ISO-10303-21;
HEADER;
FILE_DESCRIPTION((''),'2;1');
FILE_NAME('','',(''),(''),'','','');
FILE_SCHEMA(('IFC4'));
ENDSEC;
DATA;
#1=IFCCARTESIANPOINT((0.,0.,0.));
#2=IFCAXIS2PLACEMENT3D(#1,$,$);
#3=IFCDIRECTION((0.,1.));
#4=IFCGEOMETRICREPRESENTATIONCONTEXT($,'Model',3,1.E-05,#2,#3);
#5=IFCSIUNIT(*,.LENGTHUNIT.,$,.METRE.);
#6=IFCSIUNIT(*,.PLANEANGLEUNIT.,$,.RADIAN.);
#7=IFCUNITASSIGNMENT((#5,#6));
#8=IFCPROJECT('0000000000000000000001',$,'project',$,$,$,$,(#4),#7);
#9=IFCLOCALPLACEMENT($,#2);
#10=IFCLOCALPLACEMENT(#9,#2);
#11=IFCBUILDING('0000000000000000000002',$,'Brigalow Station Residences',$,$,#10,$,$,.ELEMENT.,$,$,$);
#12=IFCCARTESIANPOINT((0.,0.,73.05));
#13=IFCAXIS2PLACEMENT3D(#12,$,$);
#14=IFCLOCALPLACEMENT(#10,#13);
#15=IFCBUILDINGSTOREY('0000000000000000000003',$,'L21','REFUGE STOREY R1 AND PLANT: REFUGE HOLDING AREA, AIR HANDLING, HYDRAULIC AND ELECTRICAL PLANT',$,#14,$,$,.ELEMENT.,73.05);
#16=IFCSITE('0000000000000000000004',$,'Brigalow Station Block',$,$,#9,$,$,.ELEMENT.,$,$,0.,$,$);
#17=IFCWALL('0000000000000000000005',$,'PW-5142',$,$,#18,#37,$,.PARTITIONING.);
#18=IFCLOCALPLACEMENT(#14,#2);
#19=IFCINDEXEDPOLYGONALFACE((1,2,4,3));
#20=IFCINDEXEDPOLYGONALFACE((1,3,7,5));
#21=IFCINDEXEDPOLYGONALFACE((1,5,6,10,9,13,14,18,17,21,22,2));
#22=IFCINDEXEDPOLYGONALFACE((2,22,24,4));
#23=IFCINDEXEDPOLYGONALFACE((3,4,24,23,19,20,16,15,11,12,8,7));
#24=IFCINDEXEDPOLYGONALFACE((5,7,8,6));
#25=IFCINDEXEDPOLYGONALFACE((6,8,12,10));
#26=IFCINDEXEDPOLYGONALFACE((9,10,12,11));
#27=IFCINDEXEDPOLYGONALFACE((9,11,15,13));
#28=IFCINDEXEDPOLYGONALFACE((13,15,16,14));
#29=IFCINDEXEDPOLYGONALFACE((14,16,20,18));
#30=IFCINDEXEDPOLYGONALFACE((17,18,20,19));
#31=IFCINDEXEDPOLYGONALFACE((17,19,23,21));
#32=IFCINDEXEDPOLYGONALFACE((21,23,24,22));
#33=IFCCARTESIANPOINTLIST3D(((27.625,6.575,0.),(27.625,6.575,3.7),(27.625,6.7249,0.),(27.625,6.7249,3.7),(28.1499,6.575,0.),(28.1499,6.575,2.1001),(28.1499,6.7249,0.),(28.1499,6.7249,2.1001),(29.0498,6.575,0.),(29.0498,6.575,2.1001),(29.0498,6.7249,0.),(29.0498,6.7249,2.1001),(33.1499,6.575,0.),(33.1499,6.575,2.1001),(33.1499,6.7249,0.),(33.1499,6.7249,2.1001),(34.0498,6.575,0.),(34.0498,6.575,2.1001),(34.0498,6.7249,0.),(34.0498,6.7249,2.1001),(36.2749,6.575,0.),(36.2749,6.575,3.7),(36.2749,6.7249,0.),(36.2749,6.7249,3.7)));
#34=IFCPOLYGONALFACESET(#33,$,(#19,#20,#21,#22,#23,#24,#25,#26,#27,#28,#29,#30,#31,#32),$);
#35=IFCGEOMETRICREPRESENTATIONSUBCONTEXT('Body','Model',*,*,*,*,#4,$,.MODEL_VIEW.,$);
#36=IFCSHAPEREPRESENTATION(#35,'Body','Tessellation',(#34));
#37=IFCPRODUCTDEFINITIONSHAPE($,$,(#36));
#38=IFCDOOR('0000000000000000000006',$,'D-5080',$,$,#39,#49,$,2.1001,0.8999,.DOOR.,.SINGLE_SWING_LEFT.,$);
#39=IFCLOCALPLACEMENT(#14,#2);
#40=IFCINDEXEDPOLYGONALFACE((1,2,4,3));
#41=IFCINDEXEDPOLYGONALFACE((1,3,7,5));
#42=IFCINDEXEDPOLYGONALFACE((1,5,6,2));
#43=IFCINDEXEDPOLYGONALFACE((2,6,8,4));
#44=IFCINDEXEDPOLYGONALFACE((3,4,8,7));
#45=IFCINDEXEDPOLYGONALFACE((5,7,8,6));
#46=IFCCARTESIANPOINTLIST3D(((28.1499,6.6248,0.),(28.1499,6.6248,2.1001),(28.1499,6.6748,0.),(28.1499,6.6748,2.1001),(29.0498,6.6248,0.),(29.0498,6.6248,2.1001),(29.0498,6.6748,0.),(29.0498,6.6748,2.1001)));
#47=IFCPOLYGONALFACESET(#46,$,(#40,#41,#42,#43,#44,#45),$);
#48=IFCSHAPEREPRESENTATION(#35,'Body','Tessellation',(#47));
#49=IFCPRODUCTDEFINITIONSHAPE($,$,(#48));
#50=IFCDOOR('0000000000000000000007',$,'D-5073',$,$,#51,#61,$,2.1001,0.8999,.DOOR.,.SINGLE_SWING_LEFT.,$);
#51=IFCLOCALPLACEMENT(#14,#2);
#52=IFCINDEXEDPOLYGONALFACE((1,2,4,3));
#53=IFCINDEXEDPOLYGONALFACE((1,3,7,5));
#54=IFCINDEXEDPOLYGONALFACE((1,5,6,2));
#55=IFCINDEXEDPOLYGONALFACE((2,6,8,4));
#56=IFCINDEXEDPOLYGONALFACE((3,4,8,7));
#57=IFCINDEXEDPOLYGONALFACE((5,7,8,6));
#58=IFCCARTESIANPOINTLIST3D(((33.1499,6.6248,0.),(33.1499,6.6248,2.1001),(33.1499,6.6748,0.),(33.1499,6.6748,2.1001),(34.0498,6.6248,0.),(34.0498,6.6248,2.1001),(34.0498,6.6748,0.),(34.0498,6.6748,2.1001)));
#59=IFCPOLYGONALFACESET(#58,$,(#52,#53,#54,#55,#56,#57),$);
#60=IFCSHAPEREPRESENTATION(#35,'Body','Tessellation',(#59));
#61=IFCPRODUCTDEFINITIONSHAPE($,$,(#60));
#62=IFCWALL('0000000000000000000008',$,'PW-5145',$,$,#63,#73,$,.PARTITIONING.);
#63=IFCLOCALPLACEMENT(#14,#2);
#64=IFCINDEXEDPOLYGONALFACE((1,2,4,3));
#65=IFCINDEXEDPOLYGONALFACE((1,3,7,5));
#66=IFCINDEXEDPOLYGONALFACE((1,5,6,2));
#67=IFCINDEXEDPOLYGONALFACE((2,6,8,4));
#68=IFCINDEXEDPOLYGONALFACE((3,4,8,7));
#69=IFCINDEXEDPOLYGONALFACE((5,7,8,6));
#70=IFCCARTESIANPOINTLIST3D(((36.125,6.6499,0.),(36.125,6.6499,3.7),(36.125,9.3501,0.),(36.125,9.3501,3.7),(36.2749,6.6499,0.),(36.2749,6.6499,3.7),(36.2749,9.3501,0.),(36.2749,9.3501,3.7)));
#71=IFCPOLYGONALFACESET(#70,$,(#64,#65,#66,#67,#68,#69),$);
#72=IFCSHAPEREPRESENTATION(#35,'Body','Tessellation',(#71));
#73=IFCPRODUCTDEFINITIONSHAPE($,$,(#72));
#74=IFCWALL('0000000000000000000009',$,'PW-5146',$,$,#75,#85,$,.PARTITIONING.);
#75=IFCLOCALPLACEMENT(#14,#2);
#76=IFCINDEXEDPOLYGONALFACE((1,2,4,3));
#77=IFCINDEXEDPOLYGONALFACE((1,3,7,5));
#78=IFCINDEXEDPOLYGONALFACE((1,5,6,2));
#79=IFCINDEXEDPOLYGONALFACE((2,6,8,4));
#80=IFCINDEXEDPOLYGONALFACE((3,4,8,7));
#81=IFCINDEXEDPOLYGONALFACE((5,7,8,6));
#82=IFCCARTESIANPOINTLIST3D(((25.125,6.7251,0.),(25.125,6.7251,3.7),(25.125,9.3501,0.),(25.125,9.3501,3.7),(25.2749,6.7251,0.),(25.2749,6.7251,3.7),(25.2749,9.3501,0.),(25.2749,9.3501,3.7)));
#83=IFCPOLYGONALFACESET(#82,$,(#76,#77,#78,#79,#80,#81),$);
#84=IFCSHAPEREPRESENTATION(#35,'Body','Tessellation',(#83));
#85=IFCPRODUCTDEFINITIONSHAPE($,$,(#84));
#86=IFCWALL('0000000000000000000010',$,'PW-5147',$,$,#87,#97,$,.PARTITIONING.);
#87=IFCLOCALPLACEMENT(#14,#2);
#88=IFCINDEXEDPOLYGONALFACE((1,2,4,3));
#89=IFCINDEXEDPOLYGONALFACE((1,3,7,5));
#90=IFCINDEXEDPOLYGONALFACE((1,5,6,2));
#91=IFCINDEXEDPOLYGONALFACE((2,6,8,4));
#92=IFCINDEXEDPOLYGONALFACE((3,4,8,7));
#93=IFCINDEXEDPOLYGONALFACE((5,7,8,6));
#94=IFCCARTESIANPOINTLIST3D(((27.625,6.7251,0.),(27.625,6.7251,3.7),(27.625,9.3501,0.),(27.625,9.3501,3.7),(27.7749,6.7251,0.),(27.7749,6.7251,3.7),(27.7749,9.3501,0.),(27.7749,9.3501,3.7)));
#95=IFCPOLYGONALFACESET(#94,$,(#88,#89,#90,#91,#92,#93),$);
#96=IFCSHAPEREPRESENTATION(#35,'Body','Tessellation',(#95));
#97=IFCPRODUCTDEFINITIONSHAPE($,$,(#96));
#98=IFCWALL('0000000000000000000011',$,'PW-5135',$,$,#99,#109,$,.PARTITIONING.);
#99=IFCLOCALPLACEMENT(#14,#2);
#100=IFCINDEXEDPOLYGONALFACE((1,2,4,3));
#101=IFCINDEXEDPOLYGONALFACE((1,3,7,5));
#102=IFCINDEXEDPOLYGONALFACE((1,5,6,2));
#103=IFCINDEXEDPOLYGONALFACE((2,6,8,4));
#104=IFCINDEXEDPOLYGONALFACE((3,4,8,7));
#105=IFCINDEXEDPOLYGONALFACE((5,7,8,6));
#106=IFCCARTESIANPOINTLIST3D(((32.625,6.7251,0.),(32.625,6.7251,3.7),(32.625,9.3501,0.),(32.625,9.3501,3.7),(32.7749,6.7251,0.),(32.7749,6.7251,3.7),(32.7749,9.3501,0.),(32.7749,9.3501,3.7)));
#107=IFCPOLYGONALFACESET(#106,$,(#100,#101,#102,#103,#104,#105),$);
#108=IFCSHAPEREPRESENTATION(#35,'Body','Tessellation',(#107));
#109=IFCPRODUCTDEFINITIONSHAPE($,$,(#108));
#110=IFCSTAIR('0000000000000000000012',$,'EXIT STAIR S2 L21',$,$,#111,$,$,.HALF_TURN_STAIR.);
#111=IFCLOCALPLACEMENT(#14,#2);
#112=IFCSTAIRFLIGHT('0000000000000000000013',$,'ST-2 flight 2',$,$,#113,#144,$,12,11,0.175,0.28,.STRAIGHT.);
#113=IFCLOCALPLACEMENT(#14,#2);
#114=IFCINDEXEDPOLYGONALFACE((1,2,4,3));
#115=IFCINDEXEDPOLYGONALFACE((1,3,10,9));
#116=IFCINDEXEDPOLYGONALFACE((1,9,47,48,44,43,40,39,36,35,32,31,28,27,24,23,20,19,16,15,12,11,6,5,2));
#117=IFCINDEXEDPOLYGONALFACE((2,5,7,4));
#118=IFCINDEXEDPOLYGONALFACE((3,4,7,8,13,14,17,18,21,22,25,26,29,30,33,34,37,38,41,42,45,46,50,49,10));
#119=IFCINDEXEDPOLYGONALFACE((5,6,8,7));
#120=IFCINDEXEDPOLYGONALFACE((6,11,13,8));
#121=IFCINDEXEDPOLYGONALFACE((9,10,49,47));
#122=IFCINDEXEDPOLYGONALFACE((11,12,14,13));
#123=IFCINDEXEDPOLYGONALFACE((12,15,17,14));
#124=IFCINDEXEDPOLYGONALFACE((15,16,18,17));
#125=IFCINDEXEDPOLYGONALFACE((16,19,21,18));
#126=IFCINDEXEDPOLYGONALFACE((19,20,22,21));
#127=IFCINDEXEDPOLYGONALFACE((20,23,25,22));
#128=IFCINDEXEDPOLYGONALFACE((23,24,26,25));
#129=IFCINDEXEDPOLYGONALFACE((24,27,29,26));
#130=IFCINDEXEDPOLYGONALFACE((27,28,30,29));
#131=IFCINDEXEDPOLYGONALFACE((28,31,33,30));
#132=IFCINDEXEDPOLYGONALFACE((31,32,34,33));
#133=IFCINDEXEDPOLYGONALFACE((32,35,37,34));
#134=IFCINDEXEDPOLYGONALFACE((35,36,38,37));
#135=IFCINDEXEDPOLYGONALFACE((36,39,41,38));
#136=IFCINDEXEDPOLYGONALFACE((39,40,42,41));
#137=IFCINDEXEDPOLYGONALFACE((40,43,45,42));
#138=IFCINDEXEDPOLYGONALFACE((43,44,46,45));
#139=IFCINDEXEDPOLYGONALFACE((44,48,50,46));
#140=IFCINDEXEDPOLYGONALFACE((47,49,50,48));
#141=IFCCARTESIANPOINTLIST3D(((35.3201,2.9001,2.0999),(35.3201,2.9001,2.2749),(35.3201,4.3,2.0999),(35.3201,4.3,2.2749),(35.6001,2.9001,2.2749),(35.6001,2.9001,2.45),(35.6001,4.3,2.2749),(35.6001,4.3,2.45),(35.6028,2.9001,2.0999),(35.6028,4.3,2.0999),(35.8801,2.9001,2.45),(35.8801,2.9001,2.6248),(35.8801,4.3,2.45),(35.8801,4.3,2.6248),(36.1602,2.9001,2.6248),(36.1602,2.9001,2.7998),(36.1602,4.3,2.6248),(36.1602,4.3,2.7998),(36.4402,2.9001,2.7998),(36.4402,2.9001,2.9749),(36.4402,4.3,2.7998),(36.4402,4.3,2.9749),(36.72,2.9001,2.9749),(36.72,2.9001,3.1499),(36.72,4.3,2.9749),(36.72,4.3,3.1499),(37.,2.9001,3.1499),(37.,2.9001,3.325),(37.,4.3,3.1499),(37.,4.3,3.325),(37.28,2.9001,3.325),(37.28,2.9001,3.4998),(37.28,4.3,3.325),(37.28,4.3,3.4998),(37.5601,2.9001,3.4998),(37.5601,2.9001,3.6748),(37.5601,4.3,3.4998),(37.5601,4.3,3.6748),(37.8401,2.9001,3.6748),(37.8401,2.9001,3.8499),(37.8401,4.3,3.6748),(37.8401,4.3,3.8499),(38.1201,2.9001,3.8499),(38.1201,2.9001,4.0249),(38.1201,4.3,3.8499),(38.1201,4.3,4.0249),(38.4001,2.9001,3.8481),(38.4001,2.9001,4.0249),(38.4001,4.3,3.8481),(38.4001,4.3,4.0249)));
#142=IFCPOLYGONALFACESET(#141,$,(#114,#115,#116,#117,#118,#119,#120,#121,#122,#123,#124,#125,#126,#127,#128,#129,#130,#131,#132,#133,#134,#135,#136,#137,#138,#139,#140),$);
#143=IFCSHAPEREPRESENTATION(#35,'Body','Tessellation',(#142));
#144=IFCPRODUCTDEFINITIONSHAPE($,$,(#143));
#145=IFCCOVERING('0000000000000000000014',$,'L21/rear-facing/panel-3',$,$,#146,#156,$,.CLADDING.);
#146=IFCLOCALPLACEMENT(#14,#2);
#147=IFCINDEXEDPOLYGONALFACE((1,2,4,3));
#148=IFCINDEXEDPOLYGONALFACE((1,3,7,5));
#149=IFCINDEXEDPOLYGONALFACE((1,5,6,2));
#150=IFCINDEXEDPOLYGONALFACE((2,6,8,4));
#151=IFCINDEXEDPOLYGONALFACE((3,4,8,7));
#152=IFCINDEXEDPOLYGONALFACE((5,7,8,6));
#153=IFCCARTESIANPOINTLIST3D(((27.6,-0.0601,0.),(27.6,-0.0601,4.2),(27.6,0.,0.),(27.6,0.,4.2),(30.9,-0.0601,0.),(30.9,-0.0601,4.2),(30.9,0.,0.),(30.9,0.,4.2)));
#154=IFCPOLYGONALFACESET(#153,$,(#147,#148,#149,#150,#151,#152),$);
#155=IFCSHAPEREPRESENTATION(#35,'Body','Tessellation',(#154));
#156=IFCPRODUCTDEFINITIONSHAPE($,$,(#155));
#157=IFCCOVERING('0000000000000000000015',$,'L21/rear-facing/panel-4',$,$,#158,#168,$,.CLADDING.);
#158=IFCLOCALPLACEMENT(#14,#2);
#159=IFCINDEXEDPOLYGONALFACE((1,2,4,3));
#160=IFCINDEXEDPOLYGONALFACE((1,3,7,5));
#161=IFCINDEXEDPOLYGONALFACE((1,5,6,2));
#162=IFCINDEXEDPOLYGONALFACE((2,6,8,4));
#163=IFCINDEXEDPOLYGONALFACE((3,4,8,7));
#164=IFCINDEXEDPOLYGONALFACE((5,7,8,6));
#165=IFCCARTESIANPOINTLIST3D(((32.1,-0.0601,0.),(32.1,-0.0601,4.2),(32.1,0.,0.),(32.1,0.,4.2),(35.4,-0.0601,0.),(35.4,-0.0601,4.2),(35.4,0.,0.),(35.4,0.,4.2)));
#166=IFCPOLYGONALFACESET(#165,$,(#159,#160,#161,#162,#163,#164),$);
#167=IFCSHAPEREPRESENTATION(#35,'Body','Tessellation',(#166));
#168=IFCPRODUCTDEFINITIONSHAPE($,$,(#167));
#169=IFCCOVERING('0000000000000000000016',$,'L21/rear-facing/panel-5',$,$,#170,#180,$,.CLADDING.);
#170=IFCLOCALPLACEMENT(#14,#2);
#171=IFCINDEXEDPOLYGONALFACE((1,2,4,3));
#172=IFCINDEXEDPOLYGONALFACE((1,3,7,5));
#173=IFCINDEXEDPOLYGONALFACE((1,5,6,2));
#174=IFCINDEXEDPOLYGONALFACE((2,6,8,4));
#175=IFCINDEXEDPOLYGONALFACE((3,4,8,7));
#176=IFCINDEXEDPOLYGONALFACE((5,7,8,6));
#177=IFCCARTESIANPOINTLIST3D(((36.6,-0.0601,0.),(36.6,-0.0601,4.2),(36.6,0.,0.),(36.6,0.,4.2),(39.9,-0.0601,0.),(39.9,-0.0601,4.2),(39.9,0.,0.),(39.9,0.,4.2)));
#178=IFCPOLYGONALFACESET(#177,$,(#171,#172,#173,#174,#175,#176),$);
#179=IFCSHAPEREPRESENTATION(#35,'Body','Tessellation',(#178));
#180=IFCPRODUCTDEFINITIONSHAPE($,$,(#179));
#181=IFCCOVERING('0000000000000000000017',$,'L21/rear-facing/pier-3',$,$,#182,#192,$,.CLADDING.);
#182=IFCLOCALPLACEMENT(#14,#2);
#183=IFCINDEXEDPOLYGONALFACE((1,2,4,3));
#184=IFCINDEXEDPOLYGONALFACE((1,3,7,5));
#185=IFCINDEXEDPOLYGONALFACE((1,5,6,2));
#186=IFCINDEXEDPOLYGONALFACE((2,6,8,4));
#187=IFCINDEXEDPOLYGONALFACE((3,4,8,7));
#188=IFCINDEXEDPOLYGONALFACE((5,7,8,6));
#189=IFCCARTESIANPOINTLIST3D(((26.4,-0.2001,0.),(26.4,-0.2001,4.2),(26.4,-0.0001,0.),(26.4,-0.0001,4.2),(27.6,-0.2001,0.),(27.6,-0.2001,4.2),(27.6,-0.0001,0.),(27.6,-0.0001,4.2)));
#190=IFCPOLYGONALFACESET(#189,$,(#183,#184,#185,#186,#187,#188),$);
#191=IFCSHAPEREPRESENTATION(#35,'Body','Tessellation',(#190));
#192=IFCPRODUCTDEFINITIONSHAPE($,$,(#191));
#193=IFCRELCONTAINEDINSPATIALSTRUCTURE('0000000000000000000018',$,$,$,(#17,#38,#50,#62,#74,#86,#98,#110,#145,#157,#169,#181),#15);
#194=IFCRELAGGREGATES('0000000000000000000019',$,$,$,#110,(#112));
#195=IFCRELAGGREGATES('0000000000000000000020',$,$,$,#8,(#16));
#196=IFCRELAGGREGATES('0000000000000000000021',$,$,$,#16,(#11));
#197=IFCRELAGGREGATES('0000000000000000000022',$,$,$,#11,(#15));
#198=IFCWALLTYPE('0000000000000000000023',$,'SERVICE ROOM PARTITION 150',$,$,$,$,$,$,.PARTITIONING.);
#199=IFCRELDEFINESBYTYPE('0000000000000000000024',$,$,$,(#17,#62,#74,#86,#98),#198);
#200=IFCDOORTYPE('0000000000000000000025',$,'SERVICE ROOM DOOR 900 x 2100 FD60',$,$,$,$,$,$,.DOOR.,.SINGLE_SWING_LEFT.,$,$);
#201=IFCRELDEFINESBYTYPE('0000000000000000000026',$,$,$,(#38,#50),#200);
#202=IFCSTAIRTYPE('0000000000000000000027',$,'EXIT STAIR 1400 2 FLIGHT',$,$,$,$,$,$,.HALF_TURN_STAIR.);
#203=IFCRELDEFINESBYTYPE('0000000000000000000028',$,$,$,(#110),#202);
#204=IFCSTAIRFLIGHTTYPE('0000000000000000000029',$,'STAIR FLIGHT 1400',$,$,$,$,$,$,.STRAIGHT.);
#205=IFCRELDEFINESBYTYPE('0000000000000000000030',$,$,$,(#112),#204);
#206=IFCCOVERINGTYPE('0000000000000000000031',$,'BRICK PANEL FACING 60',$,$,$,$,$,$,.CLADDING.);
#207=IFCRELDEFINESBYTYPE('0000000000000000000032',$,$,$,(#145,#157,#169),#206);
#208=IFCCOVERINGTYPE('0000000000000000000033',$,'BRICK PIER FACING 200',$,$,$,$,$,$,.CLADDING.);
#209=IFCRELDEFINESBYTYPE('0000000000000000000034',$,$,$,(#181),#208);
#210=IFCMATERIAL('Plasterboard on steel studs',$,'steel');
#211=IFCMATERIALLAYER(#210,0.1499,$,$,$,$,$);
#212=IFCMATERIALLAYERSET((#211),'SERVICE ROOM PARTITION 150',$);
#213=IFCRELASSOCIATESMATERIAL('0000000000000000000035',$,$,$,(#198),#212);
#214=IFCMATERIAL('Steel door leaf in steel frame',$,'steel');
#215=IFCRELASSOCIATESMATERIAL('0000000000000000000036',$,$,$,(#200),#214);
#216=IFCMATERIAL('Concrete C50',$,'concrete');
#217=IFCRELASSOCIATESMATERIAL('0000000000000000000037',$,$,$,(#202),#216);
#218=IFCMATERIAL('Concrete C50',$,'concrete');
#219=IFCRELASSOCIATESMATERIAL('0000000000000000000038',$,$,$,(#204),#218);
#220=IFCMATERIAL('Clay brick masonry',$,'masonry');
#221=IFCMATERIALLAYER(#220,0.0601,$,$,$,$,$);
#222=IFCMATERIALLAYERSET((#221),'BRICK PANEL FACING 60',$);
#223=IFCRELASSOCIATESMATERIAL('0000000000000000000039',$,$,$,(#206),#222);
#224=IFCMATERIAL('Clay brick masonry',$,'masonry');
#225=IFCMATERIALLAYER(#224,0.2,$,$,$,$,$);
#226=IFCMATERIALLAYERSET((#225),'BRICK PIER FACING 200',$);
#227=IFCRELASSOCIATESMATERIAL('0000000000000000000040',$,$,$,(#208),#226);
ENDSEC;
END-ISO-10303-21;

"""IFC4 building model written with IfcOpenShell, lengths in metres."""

from ifc_helpers import new_model, si_unit, direction, frame, frame_2d, origin, origin_2d, place, context, subcontext, project, spatial, polyline, rectangle, outline, extrude, material, layer, layer_set, type_object, element, fill, aggregate, save


model = new_model("IFC4")

# Units and contexts
model_context = context("Model", 3, precision=1e-05, world=origin(), true_north=direction((0.0, 1.0)))
body_context = subcontext(model_context, "Body", "Model", "MODEL_VIEW")
ifc_project = project(units=[si_unit("LENGTHUNIT", "METRE"), si_unit("PLANEANGLEUNIT", "RADIAN")], contexts=[model_context])

# Site, building, storey
site_placement = place(None, origin())
site = spatial("IfcSite", under=ifc_project, at=site_placement, Name="Brigalow Station Block", CompositionType="ELEMENT", RefElevation=0.0)
building_placement = place(site_placement, origin())
building = spatial("IfcBuilding", under=site, at=building_placement, Name="Brigalow Station Residences", CompositionType="ELEMENT")
storey_placement = place(building_placement, frame((0.0, 0.0, 73.05)))
storey = spatial("IfcBuildingStorey", under=building, at=storey_placement, Name="L21", Description="REFUGE STOREY R1 AND PLANT: REFUGE HOLDING AREA, AIR HANDLING, HYDRAULIC AND ELECTRICAL PLANT", CompositionType="ELEMENT", Elevation=73.05)

# Wall, openings, doors
ifc_material_1 = material(Name="Plasterboard on steel studs", Category="steel")
ifc_layer_1 = layer(ifc_material_1, 0.1499)
ifc_layer_set_1 = layer_set([ifc_layer_1], Name="SERVICE ROOM PARTITION 150")
wall_type_1 = type_object("IfcWallType", Name="SERVICE ROOM PARTITION 150", PredefinedType="PARTITIONING", material=ifc_layer_set_1)
wall_1_placement = place(storey_placement, frame((27.625, 6.6499, 0.0), z_axis=(0.0, 0.0, 1.0), x_axis=(1.0, 0.0, 0.0)))
wall_1 = element("IfcWall", 1, at=wall_1_placement, inside=storey, type_object=wall_type_1, Name="PW-5142", PredefinedType="PARTITIONING", context=body_context, shape_type="SweptSolid", body=[
    extrude(rectangle(XDim=8.6499, YDim=0.1499, at=frame_2d((4.325, 0.0))), origin(), (0.0, 0.0, 1.0), 3.7),
])
opening_1_placement = place(wall_1_placement, frame((0.5249, 0.0, 0.0)))
opening_1 = element("IfcOpeningElement", 2, at=opening_1_placement, cuts=wall_1, PredefinedType="OPENING", context=body_context, shape_type="SweptSolid", body=[
    extrude(rectangle(XDim=0.8999, YDim=2.1001, at=frame_2d((0.45, 1.05))), frame((0.0, 0.085, 0.0), z_axis=(0.0, -1.0, 0.0), x_axis=(1.0, 0.0, 0.0)), (0.0, 0.0, 1.0), 0.1699),
])
opening_2_placement = place(wall_1_placement, frame((5.5249, 0.0, 0.0)))
opening_2 = element("IfcOpeningElement", 3, at=opening_2_placement, cuts=wall_1, PredefinedType="OPENING", context=body_context, shape_type="SweptSolid", body=[
    extrude(rectangle(XDim=0.8999, YDim=2.1001, at=frame_2d((0.45, 1.05))), frame((0.0, 0.085, 0.0), z_axis=(0.0, -1.0, 0.0), x_axis=(1.0, 0.0, 0.0)), (0.0, 0.0, 1.0), 0.1699),
])
ifc_material_2 = material(Name="Steel door leaf in steel frame", Category="steel")
door_type_1 = type_object("IfcDoorType", Name="SERVICE ROOM DOOR 900 x 2100 FD60", OperationType="SINGLE_SWING_LEFT", PredefinedType="DOOR", material=ifc_material_2)
door_1_placement = place(opening_1_placement, origin())
door_1 = element("IfcDoor", 4, at=door_1_placement, inside=storey, type_object=door_type_1, Name="D-5080", OperationType="SINGLE_SWING_LEFT", OverallHeight=2.1001, OverallWidth=0.8999, PredefinedType="DOOR", context=body_context, shape_type="SweptSolid", body=[
    extrude(rectangle(XDim=0.8999, YDim=2.1001, at=frame_2d((0.45, 1.05))), frame((0.0, 0.0249, 0.0), z_axis=(0.0, -1.0, 0.0), x_axis=(1.0, 0.0, 0.0)), (0.0, 0.0, 1.0), 0.05),
])
fill(opening_1, door_1)
door_2_placement = place(opening_2_placement, origin())
door_2 = element("IfcDoor", 5, at=door_2_placement, inside=storey, type_object=door_type_1, Name="D-5073", OperationType="SINGLE_SWING_LEFT", OverallHeight=2.1001, OverallWidth=0.8999, PredefinedType="DOOR", context=body_context, shape_type="SweptSolid", body=[
    extrude(rectangle(XDim=0.8999, YDim=2.1001, at=frame_2d((0.45, 1.05))), frame((0.0, 0.0249, 0.0), z_axis=(0.0, -1.0, 0.0), x_axis=(1.0, 0.0, 0.0)), (0.0, 0.0, 1.0), 0.05),
])
fill(opening_2, door_2)

# Walls
wall_2_placement = place(storey_placement, frame((36.2, 6.6499, 0.0), z_axis=(0.0, 0.0, 1.0), x_axis=(0.0, 1.0, 0.0)))
element("IfcWall", 6, at=wall_2_placement, inside=storey, type_object=wall_type_1, Name="PW-5145", PredefinedType="PARTITIONING", context=body_context, shape_type="SweptSolid", body=[
    extrude(rectangle(XDim=2.7002, YDim=0.1499, at=frame_2d((1.3501, 0.0))), origin(), (0.0, 0.0, 1.0), 3.7),
])
for number, where, z_axis, x_axis, name in (
    (7, (25.2, 6.7251, 0.0), (0.0, 0.0, 1.0), (0.0, 1.0, 0.0), "PW-5146"),
    (8, (27.7, 6.7251, 0.0), (0.0, 0.0, 1.0), (0.0, 1.0, 0.0), "PW-5147"),
    (9, (32.7, 6.7251, 0.0), (0.0, 0.0, 1.0), (0.0, 1.0, 0.0), "PW-5135"),
):
    element("IfcWall", number, at=place(storey_placement, frame(where, z_axis=z_axis, x_axis=x_axis)), inside=storey, type_object=wall_type_1, Name=name, PredefinedType="PARTITIONING", context=body_context, shape_type="SweptSolid", body=[
        extrude(rectangle(XDim=2.625, YDim=0.1499, at=frame_2d((1.3125, 0.0))), origin(), (0.0, 0.0, 1.0), 3.7),
    ])

# Stair, stair flight
ifc_material_3 = material(Name="Concrete C50", Category="concrete")
stair_type = type_object("IfcStairType", Name="EXIT STAIR 1400 2 FLIGHT", PredefinedType="HALF_TURN_STAIR", material=ifc_material_3)
stair_placement = place(storey_placement, origin())
stair = element("IfcStair", 10, at=stair_placement, inside=storey, type_object=stair_type, Name="EXIT STAIR S2 L21", PredefinedType="HALF_TURN_STAIR")
ifc_material_4 = material(Name="Concrete C50", Category="concrete")
stair_flight_type = type_object("IfcStairFlightType", Name="STAIR FLIGHT 1400", PredefinedType="STRAIGHT", material=ifc_material_4)
stair_flight_placement = place(storey_placement, frame((35.3201, 3.6001, 2.0999), z_axis=(0.0, 0.0, 1.0), x_axis=(1.0, 0.0, 0.0)))
stair_flight = element("IfcStairFlight", 11, at=stair_flight_placement, type_object=stair_flight_type, Name="ST-2 flight 2", NumberOfRisers=12, NumberOfTreads=11, PredefinedType="STRAIGHT", RiserHeight=0.175, TreadLength=0.28, context=body_context, shape_type="SweptSolid", body=[
    extrude(outline(polyline([(0.0, 0.0), (0.0, 0.175), (0.28, 0.175), (0.28, 0.3501), (0.5601, 0.3501), (0.5601, 0.5249), (0.8401, 0.5249), (0.8401, 0.7), (1.1201, 0.7), (1.1201, 0.875), (1.3999, 0.875), (1.3999, 1.05), (1.6799, 1.05), (1.6799, 1.2251), (1.96, 1.2251), (1.96, 1.3999), (2.24, 1.3999), (2.24, 1.575), (2.52, 1.575), (2.52, 1.75), (2.8, 1.75), (2.8, 1.925), (3.0801, 1.925), (3.0801, 2.1001), (3.0801, 1.7483), (0.2827, 0.0), (0.0, 0.0)])), frame((0.0, 0.7, 0.0), z_axis=(0.0, -1.0, 0.0), x_axis=(1.0, 0.0, 0.0)), (0.0, 0.0, 1.0), 1.3999),
])
aggregate(stair, [stair_flight])

# Coverings
ifc_material_5 = material(Name="Clay brick masonry", Category="masonry")
ifc_layer_2 = layer(ifc_material_5, 0.0601)
ifc_layer_set_2 = layer_set([ifc_layer_2], Name="BRICK PANEL FACING 60")
covering_type_1 = type_object("IfcCoveringType", Name="BRICK PANEL FACING 60", PredefinedType="CLADDING", material=ifc_layer_set_2)
for number, where, z_axis, x_axis, name in (
    (12, (29.25, -0.03, 0.0), (0.0, 0.0, 1.0), (1.0, 0.0, 0.0), "L21/rear-facing/panel-3"),
    (13, (33.75, -0.03, 0.0), (0.0, 0.0, 1.0), (1.0, 0.0, 0.0), "L21/rear-facing/panel-4"),
    (14, (38.25, -0.03, 0.0), (0.0, 0.0, 1.0), (1.0, 0.0, 0.0), "L21/rear-facing/panel-5"),
):
    element("IfcCovering", number, at=place(storey_placement, frame(where, z_axis=z_axis, x_axis=x_axis)), inside=storey, type_object=covering_type_1, Name=name, PredefinedType="CLADDING", context=body_context, shape_type="SweptSolid", body=[
        extrude(rectangle(XDim=3.3, YDim=0.0601, at=origin_2d()), origin(), (0.0, 0.0, 1.0), 4.2),
    ])
ifc_material_6 = material(Name="Clay brick masonry", Category="masonry")
ifc_layer_3 = layer(ifc_material_6, 0.2)
ifc_layer_set_3 = layer_set([ifc_layer_3], Name="BRICK PIER FACING 200")
covering_type_2 = type_object("IfcCoveringType", Name="BRICK PIER FACING 200", PredefinedType="CLADDING", material=ifc_layer_set_3)
for number, where, z_axis, x_axis, name in (
    (15, (27.0, -0.1001, 0.0), (0.0, 0.0, 1.0), (1.0, 0.0, 0.0), "L21/rear-facing/pier-3"),
):
    element("IfcCovering", number, at=place(storey_placement, frame(where, z_axis=z_axis, x_axis=x_axis)), inside=storey, type_object=covering_type_2, Name=name, PredefinedType="CLADDING", context=body_context, shape_type="SweptSolid", body=[
        extrude(rectangle(XDim=1.2, YDim=0.2, at=origin_2d()), origin(), (0.0, 0.0, 1.0), 4.2),
    ])

save(model, "model.ifc")
